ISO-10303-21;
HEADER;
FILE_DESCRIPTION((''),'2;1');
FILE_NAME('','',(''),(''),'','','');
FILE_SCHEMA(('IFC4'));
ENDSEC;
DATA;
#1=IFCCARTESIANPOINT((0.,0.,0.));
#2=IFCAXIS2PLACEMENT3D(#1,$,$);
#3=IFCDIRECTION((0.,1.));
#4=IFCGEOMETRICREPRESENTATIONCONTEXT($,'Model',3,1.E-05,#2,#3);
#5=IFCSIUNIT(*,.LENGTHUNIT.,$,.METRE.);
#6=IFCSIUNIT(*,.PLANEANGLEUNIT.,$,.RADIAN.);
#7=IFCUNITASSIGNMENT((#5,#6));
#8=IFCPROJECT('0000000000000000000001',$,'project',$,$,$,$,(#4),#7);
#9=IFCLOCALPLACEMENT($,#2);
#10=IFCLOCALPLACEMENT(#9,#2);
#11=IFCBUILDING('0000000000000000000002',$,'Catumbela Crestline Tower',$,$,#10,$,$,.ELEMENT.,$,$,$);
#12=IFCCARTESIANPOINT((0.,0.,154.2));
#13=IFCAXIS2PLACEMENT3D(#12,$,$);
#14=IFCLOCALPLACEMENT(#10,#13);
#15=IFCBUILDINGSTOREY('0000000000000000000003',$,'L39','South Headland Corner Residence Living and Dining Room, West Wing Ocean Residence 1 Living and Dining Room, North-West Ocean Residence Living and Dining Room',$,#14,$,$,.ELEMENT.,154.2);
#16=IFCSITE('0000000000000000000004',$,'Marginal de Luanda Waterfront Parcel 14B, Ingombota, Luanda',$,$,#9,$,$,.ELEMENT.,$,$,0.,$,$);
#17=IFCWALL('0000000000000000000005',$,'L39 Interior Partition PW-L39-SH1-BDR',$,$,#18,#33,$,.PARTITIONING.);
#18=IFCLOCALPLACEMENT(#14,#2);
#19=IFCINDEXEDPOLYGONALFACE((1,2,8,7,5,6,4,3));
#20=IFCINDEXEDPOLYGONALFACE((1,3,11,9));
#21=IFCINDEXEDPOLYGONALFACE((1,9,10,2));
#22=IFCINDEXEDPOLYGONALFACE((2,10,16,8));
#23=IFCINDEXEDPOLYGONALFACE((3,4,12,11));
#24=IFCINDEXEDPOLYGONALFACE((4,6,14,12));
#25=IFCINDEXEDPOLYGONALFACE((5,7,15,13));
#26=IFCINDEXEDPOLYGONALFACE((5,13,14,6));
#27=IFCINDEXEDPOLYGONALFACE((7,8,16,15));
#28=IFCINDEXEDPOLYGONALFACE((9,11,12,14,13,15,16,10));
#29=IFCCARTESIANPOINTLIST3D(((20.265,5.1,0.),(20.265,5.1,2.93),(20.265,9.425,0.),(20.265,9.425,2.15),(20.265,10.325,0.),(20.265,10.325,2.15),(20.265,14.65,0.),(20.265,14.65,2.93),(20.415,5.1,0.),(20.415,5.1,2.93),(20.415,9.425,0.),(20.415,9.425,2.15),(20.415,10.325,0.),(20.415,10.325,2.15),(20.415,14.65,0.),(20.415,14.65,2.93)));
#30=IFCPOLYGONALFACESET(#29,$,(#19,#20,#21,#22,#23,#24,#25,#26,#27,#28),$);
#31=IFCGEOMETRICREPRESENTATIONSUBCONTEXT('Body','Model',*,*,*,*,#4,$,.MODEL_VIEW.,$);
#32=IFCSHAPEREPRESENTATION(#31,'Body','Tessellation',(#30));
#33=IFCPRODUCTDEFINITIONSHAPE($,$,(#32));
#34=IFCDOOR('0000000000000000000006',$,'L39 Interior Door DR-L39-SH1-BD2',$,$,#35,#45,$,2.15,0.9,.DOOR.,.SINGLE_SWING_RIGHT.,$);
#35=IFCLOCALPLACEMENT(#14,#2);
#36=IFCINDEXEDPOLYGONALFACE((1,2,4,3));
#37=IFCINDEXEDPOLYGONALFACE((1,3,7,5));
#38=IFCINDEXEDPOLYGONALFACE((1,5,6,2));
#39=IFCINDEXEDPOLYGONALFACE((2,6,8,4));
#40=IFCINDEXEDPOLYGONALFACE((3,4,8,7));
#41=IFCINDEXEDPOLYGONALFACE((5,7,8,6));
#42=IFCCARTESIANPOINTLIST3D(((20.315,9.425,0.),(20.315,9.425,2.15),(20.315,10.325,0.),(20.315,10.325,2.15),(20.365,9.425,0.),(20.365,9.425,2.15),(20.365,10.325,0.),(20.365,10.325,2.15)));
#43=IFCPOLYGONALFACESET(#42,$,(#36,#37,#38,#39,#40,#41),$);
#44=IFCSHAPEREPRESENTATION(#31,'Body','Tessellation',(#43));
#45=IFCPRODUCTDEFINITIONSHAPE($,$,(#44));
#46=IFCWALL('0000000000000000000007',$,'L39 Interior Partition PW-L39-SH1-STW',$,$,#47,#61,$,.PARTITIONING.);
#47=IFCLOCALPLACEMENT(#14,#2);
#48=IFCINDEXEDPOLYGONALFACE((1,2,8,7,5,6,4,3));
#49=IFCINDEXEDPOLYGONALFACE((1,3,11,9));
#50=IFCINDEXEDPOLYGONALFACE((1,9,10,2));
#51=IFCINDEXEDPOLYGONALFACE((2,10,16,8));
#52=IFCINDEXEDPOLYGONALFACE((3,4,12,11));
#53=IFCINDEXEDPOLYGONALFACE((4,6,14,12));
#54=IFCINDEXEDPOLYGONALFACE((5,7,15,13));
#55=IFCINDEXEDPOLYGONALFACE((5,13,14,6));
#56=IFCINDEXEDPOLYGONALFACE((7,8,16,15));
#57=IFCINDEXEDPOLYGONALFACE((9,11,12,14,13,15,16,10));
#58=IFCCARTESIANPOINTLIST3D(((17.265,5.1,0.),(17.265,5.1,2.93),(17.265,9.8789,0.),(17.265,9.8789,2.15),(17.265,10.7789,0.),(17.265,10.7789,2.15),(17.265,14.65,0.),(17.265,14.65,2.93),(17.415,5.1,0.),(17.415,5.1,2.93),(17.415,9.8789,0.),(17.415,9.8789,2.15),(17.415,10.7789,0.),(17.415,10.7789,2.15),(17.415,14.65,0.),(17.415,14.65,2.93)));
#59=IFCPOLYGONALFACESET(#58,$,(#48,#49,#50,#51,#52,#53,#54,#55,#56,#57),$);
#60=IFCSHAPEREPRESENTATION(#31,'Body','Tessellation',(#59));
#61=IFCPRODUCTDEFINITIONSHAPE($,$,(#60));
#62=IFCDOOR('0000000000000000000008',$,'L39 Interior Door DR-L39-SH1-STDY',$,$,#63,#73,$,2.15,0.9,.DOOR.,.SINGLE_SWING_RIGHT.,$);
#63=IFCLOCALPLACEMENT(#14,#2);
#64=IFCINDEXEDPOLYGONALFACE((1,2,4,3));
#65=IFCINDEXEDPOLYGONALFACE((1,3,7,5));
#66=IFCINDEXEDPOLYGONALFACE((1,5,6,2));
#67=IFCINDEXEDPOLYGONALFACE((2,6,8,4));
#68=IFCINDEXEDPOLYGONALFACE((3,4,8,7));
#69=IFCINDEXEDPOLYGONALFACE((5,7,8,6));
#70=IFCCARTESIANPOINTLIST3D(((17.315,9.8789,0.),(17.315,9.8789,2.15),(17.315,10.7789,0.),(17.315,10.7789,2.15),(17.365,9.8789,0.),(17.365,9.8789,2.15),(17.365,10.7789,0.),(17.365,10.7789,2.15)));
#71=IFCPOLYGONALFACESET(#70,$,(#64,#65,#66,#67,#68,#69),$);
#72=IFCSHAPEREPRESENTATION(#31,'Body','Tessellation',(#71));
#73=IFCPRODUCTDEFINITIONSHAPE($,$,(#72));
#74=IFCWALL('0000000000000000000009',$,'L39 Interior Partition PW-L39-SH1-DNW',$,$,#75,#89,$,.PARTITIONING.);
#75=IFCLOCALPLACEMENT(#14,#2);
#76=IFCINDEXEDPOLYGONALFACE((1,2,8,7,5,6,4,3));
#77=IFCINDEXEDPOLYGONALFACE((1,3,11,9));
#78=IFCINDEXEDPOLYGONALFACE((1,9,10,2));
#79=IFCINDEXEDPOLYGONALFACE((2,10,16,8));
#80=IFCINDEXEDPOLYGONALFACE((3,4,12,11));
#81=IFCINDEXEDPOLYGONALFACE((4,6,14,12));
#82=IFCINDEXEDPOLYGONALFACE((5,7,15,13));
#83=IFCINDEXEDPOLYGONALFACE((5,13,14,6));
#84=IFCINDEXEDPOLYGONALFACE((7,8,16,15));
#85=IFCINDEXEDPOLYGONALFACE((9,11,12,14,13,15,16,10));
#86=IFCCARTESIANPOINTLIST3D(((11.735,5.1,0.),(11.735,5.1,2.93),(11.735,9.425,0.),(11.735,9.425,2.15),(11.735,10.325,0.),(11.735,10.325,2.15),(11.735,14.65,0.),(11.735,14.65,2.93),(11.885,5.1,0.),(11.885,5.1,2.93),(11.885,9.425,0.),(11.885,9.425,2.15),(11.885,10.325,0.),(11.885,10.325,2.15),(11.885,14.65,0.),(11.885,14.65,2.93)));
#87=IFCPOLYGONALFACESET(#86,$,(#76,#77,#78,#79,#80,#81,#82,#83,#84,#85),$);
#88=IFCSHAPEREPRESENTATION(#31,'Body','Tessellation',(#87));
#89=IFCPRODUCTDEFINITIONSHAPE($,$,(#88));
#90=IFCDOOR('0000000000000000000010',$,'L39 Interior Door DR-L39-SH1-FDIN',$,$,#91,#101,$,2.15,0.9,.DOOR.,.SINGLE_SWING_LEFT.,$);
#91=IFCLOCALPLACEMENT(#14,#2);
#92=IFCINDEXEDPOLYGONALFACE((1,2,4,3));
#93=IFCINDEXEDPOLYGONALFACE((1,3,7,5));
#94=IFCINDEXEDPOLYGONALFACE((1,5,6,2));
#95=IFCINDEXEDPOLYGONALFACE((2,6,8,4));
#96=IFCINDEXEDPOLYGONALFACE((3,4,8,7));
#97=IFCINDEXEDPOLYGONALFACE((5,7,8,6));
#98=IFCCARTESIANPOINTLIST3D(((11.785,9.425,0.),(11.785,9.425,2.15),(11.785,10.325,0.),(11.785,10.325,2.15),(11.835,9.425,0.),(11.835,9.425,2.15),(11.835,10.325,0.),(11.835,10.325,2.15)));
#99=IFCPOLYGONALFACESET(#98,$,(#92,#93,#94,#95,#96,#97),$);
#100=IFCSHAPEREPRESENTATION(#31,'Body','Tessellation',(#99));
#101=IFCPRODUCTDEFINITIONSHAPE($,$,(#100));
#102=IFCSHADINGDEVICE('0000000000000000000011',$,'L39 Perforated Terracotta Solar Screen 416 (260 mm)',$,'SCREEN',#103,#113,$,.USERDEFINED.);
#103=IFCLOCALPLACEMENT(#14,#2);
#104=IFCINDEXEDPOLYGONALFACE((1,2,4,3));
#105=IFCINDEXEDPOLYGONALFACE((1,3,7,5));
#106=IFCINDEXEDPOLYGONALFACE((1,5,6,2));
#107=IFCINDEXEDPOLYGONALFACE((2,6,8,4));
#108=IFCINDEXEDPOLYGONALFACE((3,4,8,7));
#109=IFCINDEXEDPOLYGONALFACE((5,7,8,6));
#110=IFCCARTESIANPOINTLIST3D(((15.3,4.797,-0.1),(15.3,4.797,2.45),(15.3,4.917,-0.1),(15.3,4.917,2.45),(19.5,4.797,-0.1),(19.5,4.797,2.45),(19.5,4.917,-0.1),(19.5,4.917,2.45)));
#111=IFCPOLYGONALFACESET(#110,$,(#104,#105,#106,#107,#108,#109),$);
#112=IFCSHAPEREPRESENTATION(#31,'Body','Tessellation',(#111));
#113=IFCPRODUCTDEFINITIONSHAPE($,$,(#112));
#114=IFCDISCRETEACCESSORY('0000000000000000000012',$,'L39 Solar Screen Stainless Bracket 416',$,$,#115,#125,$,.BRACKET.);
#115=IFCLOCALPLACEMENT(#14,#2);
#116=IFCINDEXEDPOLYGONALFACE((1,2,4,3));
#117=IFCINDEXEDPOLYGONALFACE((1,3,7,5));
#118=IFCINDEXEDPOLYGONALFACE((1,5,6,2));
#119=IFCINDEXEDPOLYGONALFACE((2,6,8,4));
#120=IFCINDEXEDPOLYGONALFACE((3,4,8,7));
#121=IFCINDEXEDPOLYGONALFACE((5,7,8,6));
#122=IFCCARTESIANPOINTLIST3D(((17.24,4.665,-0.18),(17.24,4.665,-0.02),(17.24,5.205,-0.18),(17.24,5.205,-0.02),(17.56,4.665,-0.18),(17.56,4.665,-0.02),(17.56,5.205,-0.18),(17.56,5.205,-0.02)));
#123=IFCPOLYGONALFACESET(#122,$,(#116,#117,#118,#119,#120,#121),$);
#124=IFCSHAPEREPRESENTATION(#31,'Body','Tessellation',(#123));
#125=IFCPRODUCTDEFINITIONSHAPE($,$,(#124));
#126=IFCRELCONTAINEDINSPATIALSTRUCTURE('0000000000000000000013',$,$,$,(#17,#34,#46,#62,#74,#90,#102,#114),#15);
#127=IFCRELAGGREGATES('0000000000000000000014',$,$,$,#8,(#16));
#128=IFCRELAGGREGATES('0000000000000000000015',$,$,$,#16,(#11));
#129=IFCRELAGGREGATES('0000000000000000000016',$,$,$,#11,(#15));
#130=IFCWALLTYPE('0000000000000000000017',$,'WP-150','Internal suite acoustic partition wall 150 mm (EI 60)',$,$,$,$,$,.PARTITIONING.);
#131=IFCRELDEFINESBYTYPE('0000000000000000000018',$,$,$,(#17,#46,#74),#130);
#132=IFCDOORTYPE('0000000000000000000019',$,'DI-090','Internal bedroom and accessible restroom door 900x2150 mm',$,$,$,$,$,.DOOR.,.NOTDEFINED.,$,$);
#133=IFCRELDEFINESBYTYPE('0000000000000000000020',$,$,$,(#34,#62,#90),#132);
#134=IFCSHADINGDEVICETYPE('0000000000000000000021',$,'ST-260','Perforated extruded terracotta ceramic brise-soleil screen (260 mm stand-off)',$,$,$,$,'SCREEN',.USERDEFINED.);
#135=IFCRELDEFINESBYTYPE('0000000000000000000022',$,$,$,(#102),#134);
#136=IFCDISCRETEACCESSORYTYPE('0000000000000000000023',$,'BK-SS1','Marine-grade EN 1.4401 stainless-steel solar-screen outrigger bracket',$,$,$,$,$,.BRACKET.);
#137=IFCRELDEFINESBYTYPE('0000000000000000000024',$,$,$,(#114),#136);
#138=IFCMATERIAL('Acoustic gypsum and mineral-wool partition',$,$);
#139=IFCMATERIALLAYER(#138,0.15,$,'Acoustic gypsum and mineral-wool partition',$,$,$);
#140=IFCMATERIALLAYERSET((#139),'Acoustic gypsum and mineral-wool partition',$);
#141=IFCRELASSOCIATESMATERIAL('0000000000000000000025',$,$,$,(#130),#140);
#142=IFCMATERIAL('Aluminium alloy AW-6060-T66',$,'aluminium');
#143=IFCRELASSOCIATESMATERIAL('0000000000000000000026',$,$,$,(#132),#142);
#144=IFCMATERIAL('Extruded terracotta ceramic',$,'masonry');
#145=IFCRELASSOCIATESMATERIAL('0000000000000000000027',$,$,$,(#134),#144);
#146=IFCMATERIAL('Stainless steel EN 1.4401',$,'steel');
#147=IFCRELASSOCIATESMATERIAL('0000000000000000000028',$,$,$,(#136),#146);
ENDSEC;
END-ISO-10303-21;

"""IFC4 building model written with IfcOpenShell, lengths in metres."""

from ifc_helpers import new_model, si_unit, direction, frame, frame_2d, origin, origin_2d, place, context, subcontext, project, spatial, rectangle, extrude, material, layer, layer_set, type_object, element, fill, save


model = new_model("IFC4")

# Units and contexts
model_context = context("Model", 3, precision=1e-05, world=origin(), true_north=direction((0.0, 1.0)))
body_context = subcontext(model_context, "Body", "Model", "MODEL_VIEW")
ifc_project = project(units=[si_unit("LENGTHUNIT", "METRE"), si_unit("PLANEANGLEUNIT", "RADIAN")], contexts=[model_context])

# Site, building, storey
site_placement = place(None, origin())
site = spatial("IfcSite", under=ifc_project, at=site_placement, Name="Marginal de Luanda Waterfront Parcel 14B, Ingombota, Luanda", CompositionType="ELEMENT", RefElevation=0.0)
building_placement = place(site_placement, origin())
building = spatial("IfcBuilding", under=site, at=building_placement, Name="Catumbela Crestline Tower", CompositionType="ELEMENT")
storey_placement = place(building_placement, frame((0.0, 0.0, 154.2)))
storey = spatial("IfcBuildingStorey", under=building, at=storey_placement, Name="L39", Description="South Headland Corner Residence Living and Dining Room, West Wing Ocean Residence 1 Living and Dining Room, North-West Ocean Residence Living and Dining Room", CompositionType="ELEMENT", Elevation=154.2)

# Shared definitions
ifc_material_1 = material(Name="Aluminium alloy AW-6060-T66", Category="aluminium")

# Walls, openings, doors
ifc_material_2 = material(Name="Acoustic gypsum and mineral-wool partition")
ifc_layer_1 = layer(ifc_material_2, 0.15, Name="Acoustic gypsum and mineral-wool partition")
ifc_layer_set_1 = layer_set([ifc_layer_1], Name="Acoustic gypsum and mineral-wool partition")
wall_type_1 = type_object("IfcWallType", Name="WP-150", Description="Internal suite acoustic partition wall 150 mm (EI 60)", PredefinedType="PARTITIONING", material=ifc_layer_set_1)
door_type_1 = type_object("IfcDoorType", Name="DI-090", Description="Internal bedroom and accessible restroom door 900x2150 mm", OperationType="NOTDEFINED", PredefinedType="DOOR", material=ifc_material_1)
wall_1_placement = place(storey_placement, frame((20.34, 5.1, 0.0), z_axis=(0.0, 0.0, 1.0), x_axis=(0.0, 1.0, 0.0)))
wall_1 = element("IfcWall", 1, at=wall_1_placement, inside=storey, type_object=wall_type_1, Name="L39 Interior Partition PW-L39-SH1-BDR", PredefinedType="PARTITIONING", context=body_context, shape_type="SweptSolid", body=[
    extrude(rectangle(XDim=9.55, YDim=0.15, at=frame_2d((4.775, 0.0))), origin(), (0.0, 0.0, 1.0), 2.93),
])
opening_1_placement = place(wall_1_placement, frame((4.325, 0.0, 0.0)))
opening_1 = element("IfcOpeningElement", 2, at=opening_1_placement, cuts=wall_1, PredefinedType="OPENING", context=body_context, shape_type="SweptSolid", body=[
    extrude(rectangle(XDim=0.9, YDim=2.15, at=frame_2d((0.45, 1.075))), frame((0.0, 0.085, 0.0), z_axis=(0.0, -1.0, 0.0), x_axis=(1.0, 0.0, 0.0)), (0.0, 0.0, 1.0), 0.17),
])
door_1_placement = place(opening_1_placement, origin())
door_1 = element("IfcDoor", 3, at=door_1_placement, inside=storey, type_object=door_type_1, Name="L39 Interior Door DR-L39-SH1-BD2", OperationType="SINGLE_SWING_RIGHT", OverallHeight=2.15, OverallWidth=0.9, PredefinedType="DOOR", context=body_context, shape_type="SweptSolid", body=[
    extrude(rectangle(XDim=0.9, YDim=2.15, at=frame_2d((0.45, 1.075))), frame((0.0, 0.025, 0.0), z_axis=(0.0, -1.0, 0.0), x_axis=(1.0, 0.0, 0.0)), (0.0, 0.0, 1.0), 0.05),
])
fill(opening_1, door_1)
wall_2_placement = place(storey_placement, frame((17.34, 5.1, 0.0), z_axis=(0.0, 0.0, 1.0), x_axis=(0.0, 1.0, 0.0)))
wall_2 = element("IfcWall", 4, at=wall_2_placement, inside=storey, type_object=wall_type_1, Name="L39 Interior Partition PW-L39-SH1-STW", PredefinedType="PARTITIONING", context=body_context, shape_type="SweptSolid", body=[
    extrude(rectangle(XDim=9.55, YDim=0.15, at=frame_2d((4.775, 0.0))), origin(), (0.0, 0.0, 1.0), 2.93),
])
opening_2_placement = place(wall_2_placement, frame((4.7789, 0.0, 0.0)))
opening_2 = element("IfcOpeningElement", 5, at=opening_2_placement, cuts=wall_2, PredefinedType="OPENING", context=body_context, shape_type="SweptSolid", body=[
    extrude(rectangle(XDim=0.9, YDim=2.15, at=frame_2d((0.45, 1.075))), frame((0.0, 0.085, 0.0), z_axis=(0.0, -1.0, 0.0), x_axis=(1.0, 0.0, 0.0)), (0.0, 0.0, 1.0), 0.17),
])
door_2_placement = place(opening_2_placement, origin())
door_2 = element("IfcDoor", 6, at=door_2_placement, inside=storey, type_object=door_type_1, Name="L39 Interior Door DR-L39-SH1-STDY", OperationType="SINGLE_SWING_RIGHT", OverallHeight=2.15, OverallWidth=0.9, PredefinedType="DOOR", context=body_context, shape_type="SweptSolid", body=[
    extrude(rectangle(XDim=0.9, YDim=2.15, at=frame_2d((0.45, 1.075))), frame((0.0, 0.025, 0.0), z_axis=(0.0, -1.0, 0.0), x_axis=(1.0, 0.0, 0.0)), (0.0, 0.0, 1.0), 0.05),
])
fill(opening_2, door_2)
wall_3_placement = place(storey_placement, frame((11.81, 5.1, 0.0), z_axis=(0.0, 0.0, 1.0), x_axis=(0.0, 1.0, 0.0)))
wall_3 = element("IfcWall", 7, at=wall_3_placement, inside=storey, type_object=wall_type_1, Name="L39 Interior Partition PW-L39-SH1-DNW", PredefinedType="PARTITIONING", context=body_context, shape_type="SweptSolid", body=[
    extrude(rectangle(XDim=9.55, YDim=0.15, at=frame_2d((4.775, 0.0))), origin(), (0.0, 0.0, 1.0), 2.93),
])
opening_3_placement = place(wall_3_placement, frame((4.325, 0.0, 0.0)))
opening_3 = element("IfcOpeningElement", 8, at=opening_3_placement, cuts=wall_3, PredefinedType="OPENING", context=body_context, shape_type="SweptSolid", body=[
    extrude(rectangle(XDim=0.9, YDim=2.15, at=frame_2d((0.45, 1.075))), frame((0.0, 0.085, 0.0), z_axis=(0.0, -1.0, 0.0), x_axis=(1.0, 0.0, 0.0)), (0.0, 0.0, 1.0), 0.17),
])
door_3_placement = place(opening_3_placement, origin())
door_3 = element("IfcDoor", 9, at=door_3_placement, inside=storey, type_object=door_type_1, Name="L39 Interior Door DR-L39-SH1-FDIN", OperationType="SINGLE_SWING_LEFT", OverallHeight=2.15, OverallWidth=0.9, PredefinedType="DOOR", context=body_context, shape_type="SweptSolid", body=[
    extrude(rectangle(XDim=0.9, YDim=2.15, at=frame_2d((0.45, 1.075))), frame((0.0, 0.025, 0.0), z_axis=(0.0, -1.0, 0.0), x_axis=(1.0, 0.0, 0.0)), (0.0, 0.0, 1.0), 0.05),
])
fill(opening_3, door_3)

# Shared definitions
ifc_material_3 = material(Name="Stainless steel EN 1.4401", Category="steel")

# Shading device
ifc_material_4 = material(Name="Extruded terracotta ceramic", Category="masonry")
shading_device_type = type_object("IfcShadingDeviceType", Name="ST-260", Description="Perforated extruded terracotta ceramic brise-soleil screen (260 mm stand-off)", ElementType="SCREEN", PredefinedType="USERDEFINED", material=ifc_material_4)
shading_device_placement = place(storey_placement, frame((17.4, 4.857, -0.1), z_axis=(0.0, 0.0, 1.0), x_axis=(1.0, 0.0, 0.0)))
element("IfcShadingDevice", 10, at=shading_device_placement, inside=storey, type_object=shading_device_type, Name="L39 Perforated Terracotta Solar Screen 416 (260 mm)", ObjectType="SCREEN", PredefinedType="USERDEFINED", context=body_context, shape_type="SweptSolid", body=[
    extrude(rectangle(XDim=4.2, YDim=0.12, at=origin_2d()), origin(), (0.0, 0.0, 1.0), 2.55),
])

# Discrete accessory
discrete_accessory_type = type_object("IfcDiscreteAccessoryType", Name="BK-SS1", Description="Marine-grade EN 1.4401 stainless-steel solar-screen outrigger bracket", PredefinedType="BRACKET", material=ifc_material_3)
discrete_accessory_placement = place(storey_placement, frame((17.4, 4.935, -0.18), z_axis=(0.0, 0.0, 1.0), x_axis=(1.0, 0.0, 0.0)))
element("IfcDiscreteAccessory", 11, at=discrete_accessory_placement, inside=storey, type_object=discrete_accessory_type, Name="L39 Solar Screen Stainless Bracket 416", PredefinedType="BRACKET", context=body_context, shape_type="SweptSolid", body=[
    extrude(rectangle(XDim=0.32, YDim=0.54, at=origin_2d()), origin(), (0.0, 0.0, 1.0), 0.16),
])

save(model, "model.ifc")
